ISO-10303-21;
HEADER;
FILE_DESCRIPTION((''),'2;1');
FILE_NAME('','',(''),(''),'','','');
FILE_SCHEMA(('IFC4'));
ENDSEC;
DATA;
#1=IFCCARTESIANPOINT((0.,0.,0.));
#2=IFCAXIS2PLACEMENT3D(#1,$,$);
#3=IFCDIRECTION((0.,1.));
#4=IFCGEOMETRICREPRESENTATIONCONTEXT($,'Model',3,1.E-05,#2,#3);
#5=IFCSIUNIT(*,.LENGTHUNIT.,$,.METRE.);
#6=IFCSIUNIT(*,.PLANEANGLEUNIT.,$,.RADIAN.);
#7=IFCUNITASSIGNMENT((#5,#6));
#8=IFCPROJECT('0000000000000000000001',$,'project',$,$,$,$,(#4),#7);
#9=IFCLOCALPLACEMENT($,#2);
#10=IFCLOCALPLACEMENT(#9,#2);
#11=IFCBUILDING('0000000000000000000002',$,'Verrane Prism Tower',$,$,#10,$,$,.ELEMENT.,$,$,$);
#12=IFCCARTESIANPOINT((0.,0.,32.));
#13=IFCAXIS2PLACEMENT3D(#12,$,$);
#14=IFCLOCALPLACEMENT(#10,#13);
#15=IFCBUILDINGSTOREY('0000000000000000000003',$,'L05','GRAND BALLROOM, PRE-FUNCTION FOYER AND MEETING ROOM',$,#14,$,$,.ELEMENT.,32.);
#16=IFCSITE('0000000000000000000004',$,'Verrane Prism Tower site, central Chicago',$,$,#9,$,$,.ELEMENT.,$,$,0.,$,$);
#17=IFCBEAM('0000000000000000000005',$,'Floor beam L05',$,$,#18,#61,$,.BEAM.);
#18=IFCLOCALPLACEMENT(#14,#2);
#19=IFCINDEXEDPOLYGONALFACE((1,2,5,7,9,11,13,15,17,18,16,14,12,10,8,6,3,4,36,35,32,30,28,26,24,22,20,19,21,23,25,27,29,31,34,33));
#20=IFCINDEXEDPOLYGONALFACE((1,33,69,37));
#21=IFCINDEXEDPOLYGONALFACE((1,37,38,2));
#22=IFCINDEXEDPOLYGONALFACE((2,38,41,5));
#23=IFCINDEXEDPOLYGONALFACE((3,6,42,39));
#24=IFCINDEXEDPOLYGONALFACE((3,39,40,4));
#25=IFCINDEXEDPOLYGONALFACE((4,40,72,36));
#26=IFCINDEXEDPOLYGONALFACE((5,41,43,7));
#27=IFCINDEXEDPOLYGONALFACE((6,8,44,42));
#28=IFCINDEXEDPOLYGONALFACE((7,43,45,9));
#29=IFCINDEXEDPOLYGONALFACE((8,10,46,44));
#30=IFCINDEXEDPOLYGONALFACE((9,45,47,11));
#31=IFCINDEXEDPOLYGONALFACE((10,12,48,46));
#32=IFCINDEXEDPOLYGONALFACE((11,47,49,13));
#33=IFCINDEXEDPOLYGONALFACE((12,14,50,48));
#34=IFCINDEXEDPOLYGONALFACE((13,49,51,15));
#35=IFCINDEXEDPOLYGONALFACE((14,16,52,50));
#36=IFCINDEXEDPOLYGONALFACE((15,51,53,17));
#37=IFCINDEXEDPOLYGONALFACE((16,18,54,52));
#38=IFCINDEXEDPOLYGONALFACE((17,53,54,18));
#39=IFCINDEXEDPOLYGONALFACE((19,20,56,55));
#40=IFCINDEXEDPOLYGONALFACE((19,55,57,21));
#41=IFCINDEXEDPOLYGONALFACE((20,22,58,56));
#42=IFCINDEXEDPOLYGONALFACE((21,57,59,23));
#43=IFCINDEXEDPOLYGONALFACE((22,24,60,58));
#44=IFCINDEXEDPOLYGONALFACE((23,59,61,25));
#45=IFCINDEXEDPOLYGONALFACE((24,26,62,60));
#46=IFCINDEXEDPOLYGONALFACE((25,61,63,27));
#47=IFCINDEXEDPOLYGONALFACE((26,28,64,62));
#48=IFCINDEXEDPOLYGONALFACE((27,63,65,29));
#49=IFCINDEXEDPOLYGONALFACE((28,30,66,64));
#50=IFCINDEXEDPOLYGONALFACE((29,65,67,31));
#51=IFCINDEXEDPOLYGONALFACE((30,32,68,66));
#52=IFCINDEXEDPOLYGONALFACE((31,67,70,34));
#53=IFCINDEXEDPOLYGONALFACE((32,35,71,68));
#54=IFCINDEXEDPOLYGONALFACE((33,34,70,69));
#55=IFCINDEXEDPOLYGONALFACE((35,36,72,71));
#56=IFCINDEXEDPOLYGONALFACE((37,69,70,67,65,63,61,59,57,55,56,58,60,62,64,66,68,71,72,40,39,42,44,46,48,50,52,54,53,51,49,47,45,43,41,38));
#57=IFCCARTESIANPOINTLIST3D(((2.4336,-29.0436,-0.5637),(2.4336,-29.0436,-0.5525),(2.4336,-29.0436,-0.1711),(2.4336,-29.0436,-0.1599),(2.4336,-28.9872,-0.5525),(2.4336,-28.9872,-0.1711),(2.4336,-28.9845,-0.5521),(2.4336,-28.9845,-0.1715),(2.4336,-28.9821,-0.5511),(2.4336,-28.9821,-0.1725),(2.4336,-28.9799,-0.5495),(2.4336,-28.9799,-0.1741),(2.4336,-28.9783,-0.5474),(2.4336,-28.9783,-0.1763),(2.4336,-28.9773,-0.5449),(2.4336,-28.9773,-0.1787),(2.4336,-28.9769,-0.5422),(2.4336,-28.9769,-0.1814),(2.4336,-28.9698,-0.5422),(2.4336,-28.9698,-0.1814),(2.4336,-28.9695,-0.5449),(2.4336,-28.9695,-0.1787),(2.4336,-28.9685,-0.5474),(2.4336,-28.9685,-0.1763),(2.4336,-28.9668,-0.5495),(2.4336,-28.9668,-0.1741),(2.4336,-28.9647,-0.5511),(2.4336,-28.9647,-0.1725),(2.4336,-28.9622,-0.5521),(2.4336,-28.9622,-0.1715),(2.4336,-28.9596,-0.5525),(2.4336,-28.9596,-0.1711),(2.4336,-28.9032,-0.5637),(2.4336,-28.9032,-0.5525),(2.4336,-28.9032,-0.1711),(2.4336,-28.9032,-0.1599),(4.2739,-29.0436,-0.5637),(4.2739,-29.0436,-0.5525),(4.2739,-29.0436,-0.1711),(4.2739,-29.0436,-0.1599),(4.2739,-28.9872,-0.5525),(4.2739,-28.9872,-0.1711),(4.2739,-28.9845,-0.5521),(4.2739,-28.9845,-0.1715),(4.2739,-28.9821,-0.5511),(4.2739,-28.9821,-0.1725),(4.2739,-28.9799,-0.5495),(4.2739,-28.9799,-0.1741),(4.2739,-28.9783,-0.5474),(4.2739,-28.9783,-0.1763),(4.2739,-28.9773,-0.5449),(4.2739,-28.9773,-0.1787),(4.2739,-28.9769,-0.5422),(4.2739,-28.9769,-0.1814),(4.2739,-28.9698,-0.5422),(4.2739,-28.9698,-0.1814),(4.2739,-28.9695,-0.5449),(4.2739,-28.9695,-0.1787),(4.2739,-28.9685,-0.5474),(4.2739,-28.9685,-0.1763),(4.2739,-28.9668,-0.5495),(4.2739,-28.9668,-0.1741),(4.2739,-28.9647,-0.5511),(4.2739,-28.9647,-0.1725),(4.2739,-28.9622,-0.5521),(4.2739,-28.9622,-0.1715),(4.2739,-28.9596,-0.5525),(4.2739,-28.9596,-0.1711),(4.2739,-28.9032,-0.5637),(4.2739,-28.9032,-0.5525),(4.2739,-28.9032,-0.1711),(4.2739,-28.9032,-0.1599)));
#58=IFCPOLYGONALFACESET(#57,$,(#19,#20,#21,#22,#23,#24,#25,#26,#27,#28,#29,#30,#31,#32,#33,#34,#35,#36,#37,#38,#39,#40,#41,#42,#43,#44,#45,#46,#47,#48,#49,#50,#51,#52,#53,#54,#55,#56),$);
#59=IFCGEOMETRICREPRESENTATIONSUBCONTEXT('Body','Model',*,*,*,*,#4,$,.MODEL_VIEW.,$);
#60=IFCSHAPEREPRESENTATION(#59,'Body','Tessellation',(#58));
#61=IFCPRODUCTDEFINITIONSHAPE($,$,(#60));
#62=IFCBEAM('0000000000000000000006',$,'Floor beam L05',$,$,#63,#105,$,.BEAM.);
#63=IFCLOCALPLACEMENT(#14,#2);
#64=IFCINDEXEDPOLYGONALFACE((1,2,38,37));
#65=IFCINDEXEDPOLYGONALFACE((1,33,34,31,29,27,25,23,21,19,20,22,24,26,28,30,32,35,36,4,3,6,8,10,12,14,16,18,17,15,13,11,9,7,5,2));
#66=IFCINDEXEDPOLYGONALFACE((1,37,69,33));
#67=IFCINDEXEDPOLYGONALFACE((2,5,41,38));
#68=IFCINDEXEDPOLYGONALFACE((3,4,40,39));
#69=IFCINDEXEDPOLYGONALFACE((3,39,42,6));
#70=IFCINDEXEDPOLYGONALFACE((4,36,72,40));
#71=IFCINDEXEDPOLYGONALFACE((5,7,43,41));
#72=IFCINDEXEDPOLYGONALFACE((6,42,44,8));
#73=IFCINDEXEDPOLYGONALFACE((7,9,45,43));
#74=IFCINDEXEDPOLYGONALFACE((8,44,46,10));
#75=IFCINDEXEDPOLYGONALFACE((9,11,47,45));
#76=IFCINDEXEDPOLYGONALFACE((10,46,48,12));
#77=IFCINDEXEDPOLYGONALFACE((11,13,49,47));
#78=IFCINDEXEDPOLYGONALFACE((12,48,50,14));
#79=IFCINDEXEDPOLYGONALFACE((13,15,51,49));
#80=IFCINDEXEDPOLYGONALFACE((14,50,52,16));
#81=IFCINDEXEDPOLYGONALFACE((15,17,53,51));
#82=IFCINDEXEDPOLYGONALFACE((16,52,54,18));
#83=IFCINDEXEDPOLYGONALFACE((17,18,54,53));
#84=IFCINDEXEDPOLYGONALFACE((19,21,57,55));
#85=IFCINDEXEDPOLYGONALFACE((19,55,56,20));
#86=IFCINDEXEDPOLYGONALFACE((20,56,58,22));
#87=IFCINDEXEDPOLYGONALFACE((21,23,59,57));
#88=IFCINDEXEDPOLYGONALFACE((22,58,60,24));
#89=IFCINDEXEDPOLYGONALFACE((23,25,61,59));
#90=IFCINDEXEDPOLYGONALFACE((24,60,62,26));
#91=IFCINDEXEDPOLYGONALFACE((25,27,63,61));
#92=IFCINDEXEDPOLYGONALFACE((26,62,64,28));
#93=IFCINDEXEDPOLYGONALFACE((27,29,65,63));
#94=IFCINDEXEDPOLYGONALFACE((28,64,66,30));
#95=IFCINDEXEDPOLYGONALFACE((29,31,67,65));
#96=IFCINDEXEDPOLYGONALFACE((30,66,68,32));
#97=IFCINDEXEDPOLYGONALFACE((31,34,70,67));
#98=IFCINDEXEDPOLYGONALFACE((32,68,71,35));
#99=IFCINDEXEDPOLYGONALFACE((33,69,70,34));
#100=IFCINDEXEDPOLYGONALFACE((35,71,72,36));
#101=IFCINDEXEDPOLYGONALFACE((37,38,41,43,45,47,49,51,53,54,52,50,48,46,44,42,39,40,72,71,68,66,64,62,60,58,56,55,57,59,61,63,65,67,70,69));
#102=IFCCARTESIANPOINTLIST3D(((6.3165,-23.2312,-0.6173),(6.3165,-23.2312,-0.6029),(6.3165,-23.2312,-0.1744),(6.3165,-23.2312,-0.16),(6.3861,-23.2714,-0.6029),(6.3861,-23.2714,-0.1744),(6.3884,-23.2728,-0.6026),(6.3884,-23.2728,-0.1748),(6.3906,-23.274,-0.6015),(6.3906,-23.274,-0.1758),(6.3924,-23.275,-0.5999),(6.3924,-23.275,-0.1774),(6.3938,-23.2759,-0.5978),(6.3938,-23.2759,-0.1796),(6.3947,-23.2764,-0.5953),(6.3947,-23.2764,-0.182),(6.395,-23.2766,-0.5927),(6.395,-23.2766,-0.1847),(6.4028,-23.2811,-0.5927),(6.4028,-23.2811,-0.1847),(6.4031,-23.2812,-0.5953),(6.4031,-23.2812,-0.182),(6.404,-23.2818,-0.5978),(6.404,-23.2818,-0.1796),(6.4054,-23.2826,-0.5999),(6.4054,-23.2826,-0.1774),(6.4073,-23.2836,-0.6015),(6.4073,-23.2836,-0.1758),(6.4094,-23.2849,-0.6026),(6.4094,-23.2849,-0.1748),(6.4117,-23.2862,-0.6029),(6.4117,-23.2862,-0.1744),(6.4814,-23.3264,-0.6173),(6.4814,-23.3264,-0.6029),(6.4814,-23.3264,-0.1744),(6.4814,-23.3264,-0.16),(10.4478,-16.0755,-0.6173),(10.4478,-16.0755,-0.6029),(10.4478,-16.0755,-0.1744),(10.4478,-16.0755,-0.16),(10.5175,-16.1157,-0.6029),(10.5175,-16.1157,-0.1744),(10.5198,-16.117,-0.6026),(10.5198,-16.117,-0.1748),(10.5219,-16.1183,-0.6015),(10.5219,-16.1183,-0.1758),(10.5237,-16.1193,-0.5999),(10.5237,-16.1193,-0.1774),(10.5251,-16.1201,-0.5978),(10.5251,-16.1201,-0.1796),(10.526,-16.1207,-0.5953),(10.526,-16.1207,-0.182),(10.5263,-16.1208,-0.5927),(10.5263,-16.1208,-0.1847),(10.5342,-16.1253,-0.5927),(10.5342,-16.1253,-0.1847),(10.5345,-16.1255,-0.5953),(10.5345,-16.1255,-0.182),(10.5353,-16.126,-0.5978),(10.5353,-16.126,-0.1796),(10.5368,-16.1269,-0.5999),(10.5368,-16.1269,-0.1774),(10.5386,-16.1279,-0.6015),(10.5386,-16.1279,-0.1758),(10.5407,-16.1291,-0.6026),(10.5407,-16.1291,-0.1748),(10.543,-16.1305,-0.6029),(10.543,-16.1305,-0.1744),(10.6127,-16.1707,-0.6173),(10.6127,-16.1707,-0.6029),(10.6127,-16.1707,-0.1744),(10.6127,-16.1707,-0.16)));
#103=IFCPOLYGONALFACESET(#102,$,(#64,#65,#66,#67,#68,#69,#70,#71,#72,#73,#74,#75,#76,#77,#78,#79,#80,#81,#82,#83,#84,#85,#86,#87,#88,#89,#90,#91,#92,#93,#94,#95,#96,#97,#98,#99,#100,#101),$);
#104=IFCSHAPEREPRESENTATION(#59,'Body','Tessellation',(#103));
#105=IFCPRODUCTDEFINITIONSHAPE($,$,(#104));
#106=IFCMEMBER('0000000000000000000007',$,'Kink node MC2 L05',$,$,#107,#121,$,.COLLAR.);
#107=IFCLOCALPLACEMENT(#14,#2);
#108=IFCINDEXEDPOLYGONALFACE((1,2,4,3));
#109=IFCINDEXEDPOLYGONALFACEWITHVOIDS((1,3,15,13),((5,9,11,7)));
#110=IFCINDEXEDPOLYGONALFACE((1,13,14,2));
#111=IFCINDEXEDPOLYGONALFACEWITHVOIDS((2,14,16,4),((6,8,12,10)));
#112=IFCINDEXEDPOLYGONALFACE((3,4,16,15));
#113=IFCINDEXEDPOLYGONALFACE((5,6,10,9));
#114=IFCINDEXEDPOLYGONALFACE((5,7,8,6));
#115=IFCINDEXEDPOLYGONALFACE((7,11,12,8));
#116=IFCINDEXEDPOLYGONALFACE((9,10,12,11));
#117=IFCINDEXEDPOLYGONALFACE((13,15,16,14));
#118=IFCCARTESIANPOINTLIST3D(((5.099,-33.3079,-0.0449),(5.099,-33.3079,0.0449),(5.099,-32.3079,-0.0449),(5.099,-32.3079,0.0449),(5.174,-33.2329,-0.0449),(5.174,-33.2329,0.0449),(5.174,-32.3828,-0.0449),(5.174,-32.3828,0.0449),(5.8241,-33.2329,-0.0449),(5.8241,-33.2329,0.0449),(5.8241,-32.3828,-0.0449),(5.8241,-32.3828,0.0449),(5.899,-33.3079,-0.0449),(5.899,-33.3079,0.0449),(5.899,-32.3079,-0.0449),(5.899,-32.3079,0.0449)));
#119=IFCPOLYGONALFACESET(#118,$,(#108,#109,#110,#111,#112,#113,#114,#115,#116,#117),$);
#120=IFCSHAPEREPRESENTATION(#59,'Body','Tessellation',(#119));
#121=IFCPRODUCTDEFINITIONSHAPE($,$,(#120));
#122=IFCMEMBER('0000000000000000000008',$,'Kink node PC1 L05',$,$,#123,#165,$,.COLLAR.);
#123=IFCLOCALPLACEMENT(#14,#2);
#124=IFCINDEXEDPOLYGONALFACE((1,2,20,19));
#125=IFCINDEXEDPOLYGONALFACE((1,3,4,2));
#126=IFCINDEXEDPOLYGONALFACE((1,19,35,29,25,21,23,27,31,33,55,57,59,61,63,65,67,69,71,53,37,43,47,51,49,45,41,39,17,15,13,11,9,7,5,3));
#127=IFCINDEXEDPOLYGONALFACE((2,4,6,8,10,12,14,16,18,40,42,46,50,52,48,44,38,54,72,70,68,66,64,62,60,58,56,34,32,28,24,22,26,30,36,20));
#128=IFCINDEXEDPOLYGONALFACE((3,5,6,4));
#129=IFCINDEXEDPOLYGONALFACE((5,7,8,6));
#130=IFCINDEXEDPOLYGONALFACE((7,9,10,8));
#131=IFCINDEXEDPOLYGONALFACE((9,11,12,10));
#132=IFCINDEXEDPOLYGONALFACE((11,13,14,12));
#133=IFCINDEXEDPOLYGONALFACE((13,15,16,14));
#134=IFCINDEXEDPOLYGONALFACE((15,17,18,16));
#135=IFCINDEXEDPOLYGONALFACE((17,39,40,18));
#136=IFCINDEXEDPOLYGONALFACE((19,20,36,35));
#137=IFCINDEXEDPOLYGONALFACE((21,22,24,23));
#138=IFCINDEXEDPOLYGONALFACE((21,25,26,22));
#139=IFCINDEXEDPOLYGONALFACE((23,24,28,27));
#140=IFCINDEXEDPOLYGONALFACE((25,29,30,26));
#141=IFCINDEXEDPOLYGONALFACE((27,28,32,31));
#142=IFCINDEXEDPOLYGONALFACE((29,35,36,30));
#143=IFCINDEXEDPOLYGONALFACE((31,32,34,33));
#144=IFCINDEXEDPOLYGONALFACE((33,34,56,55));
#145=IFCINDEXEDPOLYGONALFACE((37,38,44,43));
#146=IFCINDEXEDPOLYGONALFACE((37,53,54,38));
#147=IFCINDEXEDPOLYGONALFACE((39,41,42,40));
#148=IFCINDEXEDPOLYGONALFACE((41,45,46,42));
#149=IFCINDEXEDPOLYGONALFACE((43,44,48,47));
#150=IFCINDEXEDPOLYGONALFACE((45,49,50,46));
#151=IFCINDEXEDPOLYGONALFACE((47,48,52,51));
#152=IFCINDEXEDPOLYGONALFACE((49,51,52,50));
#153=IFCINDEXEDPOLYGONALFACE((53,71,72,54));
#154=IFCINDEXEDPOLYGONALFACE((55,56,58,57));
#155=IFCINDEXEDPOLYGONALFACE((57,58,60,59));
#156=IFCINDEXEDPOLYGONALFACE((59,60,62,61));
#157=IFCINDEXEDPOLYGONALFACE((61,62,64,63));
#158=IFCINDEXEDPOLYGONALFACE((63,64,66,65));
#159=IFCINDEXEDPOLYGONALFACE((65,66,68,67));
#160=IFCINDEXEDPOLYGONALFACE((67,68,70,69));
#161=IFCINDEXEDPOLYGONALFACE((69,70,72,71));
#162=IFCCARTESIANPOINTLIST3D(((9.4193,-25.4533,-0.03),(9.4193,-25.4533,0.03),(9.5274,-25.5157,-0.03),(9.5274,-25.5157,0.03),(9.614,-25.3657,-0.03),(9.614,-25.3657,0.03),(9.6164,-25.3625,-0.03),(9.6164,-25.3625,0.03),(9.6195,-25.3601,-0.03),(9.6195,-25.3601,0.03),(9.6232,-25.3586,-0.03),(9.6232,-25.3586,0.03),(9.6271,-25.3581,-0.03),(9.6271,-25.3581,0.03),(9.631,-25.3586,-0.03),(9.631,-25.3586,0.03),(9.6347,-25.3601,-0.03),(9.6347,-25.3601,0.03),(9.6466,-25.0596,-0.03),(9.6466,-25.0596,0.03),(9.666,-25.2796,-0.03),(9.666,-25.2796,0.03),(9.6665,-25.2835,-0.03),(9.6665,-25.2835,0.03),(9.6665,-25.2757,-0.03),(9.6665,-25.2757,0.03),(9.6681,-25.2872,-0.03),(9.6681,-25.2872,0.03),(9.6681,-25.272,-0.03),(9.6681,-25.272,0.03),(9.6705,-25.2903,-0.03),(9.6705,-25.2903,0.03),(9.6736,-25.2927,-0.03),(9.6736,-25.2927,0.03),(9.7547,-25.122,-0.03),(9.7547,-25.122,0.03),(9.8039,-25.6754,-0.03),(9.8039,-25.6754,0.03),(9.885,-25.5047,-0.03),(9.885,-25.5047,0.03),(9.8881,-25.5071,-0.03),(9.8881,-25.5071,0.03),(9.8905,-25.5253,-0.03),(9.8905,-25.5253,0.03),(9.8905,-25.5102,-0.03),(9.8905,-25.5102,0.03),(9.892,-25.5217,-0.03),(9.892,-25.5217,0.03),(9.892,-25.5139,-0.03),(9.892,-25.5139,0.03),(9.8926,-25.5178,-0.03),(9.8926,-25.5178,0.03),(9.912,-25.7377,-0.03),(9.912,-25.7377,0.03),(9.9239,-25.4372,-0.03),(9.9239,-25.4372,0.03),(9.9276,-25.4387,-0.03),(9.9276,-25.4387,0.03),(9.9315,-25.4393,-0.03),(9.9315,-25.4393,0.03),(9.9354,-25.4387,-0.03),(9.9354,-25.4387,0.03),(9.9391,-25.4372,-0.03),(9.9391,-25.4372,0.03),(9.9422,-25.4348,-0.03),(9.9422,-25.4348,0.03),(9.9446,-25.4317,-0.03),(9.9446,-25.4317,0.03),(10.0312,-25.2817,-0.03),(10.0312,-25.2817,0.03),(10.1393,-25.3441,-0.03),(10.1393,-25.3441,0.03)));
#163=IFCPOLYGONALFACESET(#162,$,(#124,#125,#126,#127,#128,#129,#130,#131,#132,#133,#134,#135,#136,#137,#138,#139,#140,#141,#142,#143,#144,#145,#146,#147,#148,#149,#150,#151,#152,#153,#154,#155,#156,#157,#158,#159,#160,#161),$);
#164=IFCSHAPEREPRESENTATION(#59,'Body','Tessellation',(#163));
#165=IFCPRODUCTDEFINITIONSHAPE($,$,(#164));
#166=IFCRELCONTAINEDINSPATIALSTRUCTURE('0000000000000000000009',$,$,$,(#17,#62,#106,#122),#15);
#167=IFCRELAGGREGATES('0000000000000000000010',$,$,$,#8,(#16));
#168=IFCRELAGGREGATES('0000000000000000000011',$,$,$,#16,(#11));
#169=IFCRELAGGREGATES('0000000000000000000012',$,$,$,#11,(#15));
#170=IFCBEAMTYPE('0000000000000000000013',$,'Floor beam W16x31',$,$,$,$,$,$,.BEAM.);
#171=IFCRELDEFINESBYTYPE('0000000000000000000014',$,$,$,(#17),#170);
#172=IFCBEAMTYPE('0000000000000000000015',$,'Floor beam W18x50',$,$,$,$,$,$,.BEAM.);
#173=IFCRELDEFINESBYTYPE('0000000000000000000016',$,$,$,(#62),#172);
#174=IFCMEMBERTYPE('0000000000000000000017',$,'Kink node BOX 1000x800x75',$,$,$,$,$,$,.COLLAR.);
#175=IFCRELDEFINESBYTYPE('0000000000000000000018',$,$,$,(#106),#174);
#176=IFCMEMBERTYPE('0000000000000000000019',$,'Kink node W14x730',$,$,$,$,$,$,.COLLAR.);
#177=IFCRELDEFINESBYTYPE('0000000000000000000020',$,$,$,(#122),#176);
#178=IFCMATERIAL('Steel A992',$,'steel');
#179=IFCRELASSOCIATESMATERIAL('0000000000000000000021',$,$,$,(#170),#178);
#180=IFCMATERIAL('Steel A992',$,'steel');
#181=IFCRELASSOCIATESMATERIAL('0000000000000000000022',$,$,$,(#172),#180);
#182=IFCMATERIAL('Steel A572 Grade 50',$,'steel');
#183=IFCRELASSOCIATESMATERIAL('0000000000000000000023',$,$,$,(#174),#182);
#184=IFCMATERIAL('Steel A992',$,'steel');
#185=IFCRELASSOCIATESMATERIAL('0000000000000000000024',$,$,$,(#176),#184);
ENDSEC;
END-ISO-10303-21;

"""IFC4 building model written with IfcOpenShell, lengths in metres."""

from ifc_helpers import new_model, si_unit, direction, frame, origin, origin_2d, place, context, subcontext, project, spatial, hollow_rectangle, i_section, extrude, material, material_profile, profile_set, type_object, element, save


model = new_model("IFC4")

# Units and contexts
model_context = context("Model", 3, precision=1e-05, world=origin(), true_north=direction((0.0, 1.0)))
body_context = subcontext(model_context, "Body", "Model", "MODEL_VIEW")
ifc_project = project(units=[si_unit("LENGTHUNIT", "METRE"), si_unit("PLANEANGLEUNIT", "RADIAN")], contexts=[model_context])

# Site, building, storey
site_placement = place(None, origin())
site = spatial("IfcSite", under=ifc_project, at=site_placement, Name="Verrane Prism Tower site, central Chicago", CompositionType="ELEMENT", RefElevation=0.0)
building_placement = place(site_placement, origin())
building = spatial("IfcBuilding", under=site, at=building_placement, Name="Verrane Prism Tower", CompositionType="ELEMENT")
storey_placement = place(building_placement, frame((0.0, 0.0, 32.0)))
storey = spatial("IfcBuildingStorey", under=building, at=storey_placement, Name="L05", Description="GRAND BALLROOM, PRE-FUNCTION FOYER AND MEETING ROOM", CompositionType="ELEMENT", Elevation=32.0)

# Beams
ifc_material_1 = material(Name="Steel A992", Category="steel")
ifc_material_profile_1 = material_profile(ifc_material_1, i_section(OverallWidth=0.1404, OverallDepth=0.4038, WebThickness=0.0071, FlangeThickness=0.0112, FilletRadius=0.0103, at=origin_2d()), Name="W16x31")
ifc_profile_set_1 = profile_set([ifc_material_profile_1], Name="Steel A992")
beam_type_1 = type_object("IfcBeamType", Name="Floor beam W16x31", PredefinedType="BEAM", material=ifc_profile_set_1)
beam_1_placement = place(storey_placement, frame((2.4336, -28.9734, -0.3618), z_axis=(1.0, 0.0, 0.0), x_axis=(0.0, 1.0, 0.0)))
element("IfcBeam", 1, at=beam_1_placement, inside=storey, type_object=beam_type_1, Name="Floor beam L05", PredefinedType="BEAM", context=body_context, shape_type="SweptSolid", body=[
    extrude(i_section(OverallWidth=0.1404, OverallDepth=0.4038, WebThickness=0.0071, FlangeThickness=0.0112, FilletRadius=0.0103, at=origin_2d()), origin(), (0.0, 0.0, 1.0), 1.8403),
])
ifc_material_2 = material(Name="Steel A992", Category="steel")
ifc_material_profile_2 = material_profile(ifc_material_2, i_section(OverallWidth=0.1904, OverallDepth=0.4573, WebThickness=0.009, FlangeThickness=0.0144, FilletRadius=0.0103, at=origin_2d()), Name="W18x50")
ifc_profile_set_2 = profile_set([ifc_material_profile_2], Name="Steel A992")
beam_type_2 = type_object("IfcBeamType", Name="Floor beam W18x50", PredefinedType="BEAM", material=ifc_profile_set_2)
beam_2_placement = place(storey_placement, frame((6.3989, -23.2788, -0.3887), z_axis=(0.499997, 0.866027, 0.0), x_axis=(-0.866027, 0.499997, 0.0)))
element("IfcBeam", 2, at=beam_2_placement, inside=storey, type_object=beam_type_2, Name="Floor beam L05", PredefinedType="BEAM", context=body_context, shape_type="SweptSolid", body=[
    extrude(i_section(OverallWidth=0.1904, OverallDepth=0.4573, WebThickness=0.009, FlangeThickness=0.0144, FilletRadius=0.0103, at=origin_2d()), origin(), (0.0, 0.0, 1.0), 8.2627),
])

# Members
ifc_material_3 = material(Name="Steel A572 Grade 50", Category="steel")
ifc_material_profile_3 = material_profile(ifc_material_3, hollow_rectangle(XDim=0.8, YDim=1.0, WallThickness=0.075, at=origin_2d()), Name="BOX 1000x800x75")
ifc_profile_set_3 = profile_set([ifc_material_profile_3], Name="Steel A572 Grade 50")
member_type_1 = type_object("IfcMemberType", Name="Kink node BOX 1000x800x75", PredefinedType="COLLAR", material=ifc_profile_set_3)
member_1_placement = place(storey_placement, frame((5.499, -32.8079, -0.0449), z_axis=(0.0, 0.0, 1.0), x_axis=(-1.0, 0.0, 0.0)))
element("IfcMember", 3, at=member_1_placement, inside=storey, type_object=member_type_1, Name="Kink node MC2 L05", PredefinedType="COLLAR", context=body_context, shape_type="SweptSolid", body=[
    extrude(hollow_rectangle(XDim=0.8, YDim=1.0, WallThickness=0.075, at=origin_2d()), origin(), (0.0, 0.0, 1.0), 0.0898),
])
ifc_material_4 = material(Name="Steel A992", Category="steel")
ifc_material_profile_4 = material_profile(ifc_material_4, i_section(OverallWidth=0.4546, OverallDepth=0.5688, WebThickness=0.0779, FlangeThickness=0.1248, FilletRadius=0.0151, at=origin_2d()), Name="W14x730")
ifc_profile_set_4 = profile_set([ifc_material_profile_4], Name="Steel A992")
member_type_2 = type_object("IfcMemberType", Name="Kink node W14x730", PredefinedType="COLLAR", material=ifc_profile_set_4)
member_2_placement = place(storey_placement, frame((9.7793, -25.3987, -0.03), z_axis=(0.0, 0.0, 1.0), x_axis=(-0.5, -0.866025, 0.0)))
element("IfcMember", 4, at=member_2_placement, inside=storey, type_object=member_type_2, Name="Kink node PC1 L05", PredefinedType="COLLAR", context=body_context, shape_type="SweptSolid", body=[
    extrude(i_section(OverallWidth=0.4546, OverallDepth=0.5688, WebThickness=0.0779, FlangeThickness=0.1248, FilletRadius=0.0151, at=origin_2d()), origin(), (0.0, 0.0, 1.0), 0.0601),
])

save(model, "model.ifc")
